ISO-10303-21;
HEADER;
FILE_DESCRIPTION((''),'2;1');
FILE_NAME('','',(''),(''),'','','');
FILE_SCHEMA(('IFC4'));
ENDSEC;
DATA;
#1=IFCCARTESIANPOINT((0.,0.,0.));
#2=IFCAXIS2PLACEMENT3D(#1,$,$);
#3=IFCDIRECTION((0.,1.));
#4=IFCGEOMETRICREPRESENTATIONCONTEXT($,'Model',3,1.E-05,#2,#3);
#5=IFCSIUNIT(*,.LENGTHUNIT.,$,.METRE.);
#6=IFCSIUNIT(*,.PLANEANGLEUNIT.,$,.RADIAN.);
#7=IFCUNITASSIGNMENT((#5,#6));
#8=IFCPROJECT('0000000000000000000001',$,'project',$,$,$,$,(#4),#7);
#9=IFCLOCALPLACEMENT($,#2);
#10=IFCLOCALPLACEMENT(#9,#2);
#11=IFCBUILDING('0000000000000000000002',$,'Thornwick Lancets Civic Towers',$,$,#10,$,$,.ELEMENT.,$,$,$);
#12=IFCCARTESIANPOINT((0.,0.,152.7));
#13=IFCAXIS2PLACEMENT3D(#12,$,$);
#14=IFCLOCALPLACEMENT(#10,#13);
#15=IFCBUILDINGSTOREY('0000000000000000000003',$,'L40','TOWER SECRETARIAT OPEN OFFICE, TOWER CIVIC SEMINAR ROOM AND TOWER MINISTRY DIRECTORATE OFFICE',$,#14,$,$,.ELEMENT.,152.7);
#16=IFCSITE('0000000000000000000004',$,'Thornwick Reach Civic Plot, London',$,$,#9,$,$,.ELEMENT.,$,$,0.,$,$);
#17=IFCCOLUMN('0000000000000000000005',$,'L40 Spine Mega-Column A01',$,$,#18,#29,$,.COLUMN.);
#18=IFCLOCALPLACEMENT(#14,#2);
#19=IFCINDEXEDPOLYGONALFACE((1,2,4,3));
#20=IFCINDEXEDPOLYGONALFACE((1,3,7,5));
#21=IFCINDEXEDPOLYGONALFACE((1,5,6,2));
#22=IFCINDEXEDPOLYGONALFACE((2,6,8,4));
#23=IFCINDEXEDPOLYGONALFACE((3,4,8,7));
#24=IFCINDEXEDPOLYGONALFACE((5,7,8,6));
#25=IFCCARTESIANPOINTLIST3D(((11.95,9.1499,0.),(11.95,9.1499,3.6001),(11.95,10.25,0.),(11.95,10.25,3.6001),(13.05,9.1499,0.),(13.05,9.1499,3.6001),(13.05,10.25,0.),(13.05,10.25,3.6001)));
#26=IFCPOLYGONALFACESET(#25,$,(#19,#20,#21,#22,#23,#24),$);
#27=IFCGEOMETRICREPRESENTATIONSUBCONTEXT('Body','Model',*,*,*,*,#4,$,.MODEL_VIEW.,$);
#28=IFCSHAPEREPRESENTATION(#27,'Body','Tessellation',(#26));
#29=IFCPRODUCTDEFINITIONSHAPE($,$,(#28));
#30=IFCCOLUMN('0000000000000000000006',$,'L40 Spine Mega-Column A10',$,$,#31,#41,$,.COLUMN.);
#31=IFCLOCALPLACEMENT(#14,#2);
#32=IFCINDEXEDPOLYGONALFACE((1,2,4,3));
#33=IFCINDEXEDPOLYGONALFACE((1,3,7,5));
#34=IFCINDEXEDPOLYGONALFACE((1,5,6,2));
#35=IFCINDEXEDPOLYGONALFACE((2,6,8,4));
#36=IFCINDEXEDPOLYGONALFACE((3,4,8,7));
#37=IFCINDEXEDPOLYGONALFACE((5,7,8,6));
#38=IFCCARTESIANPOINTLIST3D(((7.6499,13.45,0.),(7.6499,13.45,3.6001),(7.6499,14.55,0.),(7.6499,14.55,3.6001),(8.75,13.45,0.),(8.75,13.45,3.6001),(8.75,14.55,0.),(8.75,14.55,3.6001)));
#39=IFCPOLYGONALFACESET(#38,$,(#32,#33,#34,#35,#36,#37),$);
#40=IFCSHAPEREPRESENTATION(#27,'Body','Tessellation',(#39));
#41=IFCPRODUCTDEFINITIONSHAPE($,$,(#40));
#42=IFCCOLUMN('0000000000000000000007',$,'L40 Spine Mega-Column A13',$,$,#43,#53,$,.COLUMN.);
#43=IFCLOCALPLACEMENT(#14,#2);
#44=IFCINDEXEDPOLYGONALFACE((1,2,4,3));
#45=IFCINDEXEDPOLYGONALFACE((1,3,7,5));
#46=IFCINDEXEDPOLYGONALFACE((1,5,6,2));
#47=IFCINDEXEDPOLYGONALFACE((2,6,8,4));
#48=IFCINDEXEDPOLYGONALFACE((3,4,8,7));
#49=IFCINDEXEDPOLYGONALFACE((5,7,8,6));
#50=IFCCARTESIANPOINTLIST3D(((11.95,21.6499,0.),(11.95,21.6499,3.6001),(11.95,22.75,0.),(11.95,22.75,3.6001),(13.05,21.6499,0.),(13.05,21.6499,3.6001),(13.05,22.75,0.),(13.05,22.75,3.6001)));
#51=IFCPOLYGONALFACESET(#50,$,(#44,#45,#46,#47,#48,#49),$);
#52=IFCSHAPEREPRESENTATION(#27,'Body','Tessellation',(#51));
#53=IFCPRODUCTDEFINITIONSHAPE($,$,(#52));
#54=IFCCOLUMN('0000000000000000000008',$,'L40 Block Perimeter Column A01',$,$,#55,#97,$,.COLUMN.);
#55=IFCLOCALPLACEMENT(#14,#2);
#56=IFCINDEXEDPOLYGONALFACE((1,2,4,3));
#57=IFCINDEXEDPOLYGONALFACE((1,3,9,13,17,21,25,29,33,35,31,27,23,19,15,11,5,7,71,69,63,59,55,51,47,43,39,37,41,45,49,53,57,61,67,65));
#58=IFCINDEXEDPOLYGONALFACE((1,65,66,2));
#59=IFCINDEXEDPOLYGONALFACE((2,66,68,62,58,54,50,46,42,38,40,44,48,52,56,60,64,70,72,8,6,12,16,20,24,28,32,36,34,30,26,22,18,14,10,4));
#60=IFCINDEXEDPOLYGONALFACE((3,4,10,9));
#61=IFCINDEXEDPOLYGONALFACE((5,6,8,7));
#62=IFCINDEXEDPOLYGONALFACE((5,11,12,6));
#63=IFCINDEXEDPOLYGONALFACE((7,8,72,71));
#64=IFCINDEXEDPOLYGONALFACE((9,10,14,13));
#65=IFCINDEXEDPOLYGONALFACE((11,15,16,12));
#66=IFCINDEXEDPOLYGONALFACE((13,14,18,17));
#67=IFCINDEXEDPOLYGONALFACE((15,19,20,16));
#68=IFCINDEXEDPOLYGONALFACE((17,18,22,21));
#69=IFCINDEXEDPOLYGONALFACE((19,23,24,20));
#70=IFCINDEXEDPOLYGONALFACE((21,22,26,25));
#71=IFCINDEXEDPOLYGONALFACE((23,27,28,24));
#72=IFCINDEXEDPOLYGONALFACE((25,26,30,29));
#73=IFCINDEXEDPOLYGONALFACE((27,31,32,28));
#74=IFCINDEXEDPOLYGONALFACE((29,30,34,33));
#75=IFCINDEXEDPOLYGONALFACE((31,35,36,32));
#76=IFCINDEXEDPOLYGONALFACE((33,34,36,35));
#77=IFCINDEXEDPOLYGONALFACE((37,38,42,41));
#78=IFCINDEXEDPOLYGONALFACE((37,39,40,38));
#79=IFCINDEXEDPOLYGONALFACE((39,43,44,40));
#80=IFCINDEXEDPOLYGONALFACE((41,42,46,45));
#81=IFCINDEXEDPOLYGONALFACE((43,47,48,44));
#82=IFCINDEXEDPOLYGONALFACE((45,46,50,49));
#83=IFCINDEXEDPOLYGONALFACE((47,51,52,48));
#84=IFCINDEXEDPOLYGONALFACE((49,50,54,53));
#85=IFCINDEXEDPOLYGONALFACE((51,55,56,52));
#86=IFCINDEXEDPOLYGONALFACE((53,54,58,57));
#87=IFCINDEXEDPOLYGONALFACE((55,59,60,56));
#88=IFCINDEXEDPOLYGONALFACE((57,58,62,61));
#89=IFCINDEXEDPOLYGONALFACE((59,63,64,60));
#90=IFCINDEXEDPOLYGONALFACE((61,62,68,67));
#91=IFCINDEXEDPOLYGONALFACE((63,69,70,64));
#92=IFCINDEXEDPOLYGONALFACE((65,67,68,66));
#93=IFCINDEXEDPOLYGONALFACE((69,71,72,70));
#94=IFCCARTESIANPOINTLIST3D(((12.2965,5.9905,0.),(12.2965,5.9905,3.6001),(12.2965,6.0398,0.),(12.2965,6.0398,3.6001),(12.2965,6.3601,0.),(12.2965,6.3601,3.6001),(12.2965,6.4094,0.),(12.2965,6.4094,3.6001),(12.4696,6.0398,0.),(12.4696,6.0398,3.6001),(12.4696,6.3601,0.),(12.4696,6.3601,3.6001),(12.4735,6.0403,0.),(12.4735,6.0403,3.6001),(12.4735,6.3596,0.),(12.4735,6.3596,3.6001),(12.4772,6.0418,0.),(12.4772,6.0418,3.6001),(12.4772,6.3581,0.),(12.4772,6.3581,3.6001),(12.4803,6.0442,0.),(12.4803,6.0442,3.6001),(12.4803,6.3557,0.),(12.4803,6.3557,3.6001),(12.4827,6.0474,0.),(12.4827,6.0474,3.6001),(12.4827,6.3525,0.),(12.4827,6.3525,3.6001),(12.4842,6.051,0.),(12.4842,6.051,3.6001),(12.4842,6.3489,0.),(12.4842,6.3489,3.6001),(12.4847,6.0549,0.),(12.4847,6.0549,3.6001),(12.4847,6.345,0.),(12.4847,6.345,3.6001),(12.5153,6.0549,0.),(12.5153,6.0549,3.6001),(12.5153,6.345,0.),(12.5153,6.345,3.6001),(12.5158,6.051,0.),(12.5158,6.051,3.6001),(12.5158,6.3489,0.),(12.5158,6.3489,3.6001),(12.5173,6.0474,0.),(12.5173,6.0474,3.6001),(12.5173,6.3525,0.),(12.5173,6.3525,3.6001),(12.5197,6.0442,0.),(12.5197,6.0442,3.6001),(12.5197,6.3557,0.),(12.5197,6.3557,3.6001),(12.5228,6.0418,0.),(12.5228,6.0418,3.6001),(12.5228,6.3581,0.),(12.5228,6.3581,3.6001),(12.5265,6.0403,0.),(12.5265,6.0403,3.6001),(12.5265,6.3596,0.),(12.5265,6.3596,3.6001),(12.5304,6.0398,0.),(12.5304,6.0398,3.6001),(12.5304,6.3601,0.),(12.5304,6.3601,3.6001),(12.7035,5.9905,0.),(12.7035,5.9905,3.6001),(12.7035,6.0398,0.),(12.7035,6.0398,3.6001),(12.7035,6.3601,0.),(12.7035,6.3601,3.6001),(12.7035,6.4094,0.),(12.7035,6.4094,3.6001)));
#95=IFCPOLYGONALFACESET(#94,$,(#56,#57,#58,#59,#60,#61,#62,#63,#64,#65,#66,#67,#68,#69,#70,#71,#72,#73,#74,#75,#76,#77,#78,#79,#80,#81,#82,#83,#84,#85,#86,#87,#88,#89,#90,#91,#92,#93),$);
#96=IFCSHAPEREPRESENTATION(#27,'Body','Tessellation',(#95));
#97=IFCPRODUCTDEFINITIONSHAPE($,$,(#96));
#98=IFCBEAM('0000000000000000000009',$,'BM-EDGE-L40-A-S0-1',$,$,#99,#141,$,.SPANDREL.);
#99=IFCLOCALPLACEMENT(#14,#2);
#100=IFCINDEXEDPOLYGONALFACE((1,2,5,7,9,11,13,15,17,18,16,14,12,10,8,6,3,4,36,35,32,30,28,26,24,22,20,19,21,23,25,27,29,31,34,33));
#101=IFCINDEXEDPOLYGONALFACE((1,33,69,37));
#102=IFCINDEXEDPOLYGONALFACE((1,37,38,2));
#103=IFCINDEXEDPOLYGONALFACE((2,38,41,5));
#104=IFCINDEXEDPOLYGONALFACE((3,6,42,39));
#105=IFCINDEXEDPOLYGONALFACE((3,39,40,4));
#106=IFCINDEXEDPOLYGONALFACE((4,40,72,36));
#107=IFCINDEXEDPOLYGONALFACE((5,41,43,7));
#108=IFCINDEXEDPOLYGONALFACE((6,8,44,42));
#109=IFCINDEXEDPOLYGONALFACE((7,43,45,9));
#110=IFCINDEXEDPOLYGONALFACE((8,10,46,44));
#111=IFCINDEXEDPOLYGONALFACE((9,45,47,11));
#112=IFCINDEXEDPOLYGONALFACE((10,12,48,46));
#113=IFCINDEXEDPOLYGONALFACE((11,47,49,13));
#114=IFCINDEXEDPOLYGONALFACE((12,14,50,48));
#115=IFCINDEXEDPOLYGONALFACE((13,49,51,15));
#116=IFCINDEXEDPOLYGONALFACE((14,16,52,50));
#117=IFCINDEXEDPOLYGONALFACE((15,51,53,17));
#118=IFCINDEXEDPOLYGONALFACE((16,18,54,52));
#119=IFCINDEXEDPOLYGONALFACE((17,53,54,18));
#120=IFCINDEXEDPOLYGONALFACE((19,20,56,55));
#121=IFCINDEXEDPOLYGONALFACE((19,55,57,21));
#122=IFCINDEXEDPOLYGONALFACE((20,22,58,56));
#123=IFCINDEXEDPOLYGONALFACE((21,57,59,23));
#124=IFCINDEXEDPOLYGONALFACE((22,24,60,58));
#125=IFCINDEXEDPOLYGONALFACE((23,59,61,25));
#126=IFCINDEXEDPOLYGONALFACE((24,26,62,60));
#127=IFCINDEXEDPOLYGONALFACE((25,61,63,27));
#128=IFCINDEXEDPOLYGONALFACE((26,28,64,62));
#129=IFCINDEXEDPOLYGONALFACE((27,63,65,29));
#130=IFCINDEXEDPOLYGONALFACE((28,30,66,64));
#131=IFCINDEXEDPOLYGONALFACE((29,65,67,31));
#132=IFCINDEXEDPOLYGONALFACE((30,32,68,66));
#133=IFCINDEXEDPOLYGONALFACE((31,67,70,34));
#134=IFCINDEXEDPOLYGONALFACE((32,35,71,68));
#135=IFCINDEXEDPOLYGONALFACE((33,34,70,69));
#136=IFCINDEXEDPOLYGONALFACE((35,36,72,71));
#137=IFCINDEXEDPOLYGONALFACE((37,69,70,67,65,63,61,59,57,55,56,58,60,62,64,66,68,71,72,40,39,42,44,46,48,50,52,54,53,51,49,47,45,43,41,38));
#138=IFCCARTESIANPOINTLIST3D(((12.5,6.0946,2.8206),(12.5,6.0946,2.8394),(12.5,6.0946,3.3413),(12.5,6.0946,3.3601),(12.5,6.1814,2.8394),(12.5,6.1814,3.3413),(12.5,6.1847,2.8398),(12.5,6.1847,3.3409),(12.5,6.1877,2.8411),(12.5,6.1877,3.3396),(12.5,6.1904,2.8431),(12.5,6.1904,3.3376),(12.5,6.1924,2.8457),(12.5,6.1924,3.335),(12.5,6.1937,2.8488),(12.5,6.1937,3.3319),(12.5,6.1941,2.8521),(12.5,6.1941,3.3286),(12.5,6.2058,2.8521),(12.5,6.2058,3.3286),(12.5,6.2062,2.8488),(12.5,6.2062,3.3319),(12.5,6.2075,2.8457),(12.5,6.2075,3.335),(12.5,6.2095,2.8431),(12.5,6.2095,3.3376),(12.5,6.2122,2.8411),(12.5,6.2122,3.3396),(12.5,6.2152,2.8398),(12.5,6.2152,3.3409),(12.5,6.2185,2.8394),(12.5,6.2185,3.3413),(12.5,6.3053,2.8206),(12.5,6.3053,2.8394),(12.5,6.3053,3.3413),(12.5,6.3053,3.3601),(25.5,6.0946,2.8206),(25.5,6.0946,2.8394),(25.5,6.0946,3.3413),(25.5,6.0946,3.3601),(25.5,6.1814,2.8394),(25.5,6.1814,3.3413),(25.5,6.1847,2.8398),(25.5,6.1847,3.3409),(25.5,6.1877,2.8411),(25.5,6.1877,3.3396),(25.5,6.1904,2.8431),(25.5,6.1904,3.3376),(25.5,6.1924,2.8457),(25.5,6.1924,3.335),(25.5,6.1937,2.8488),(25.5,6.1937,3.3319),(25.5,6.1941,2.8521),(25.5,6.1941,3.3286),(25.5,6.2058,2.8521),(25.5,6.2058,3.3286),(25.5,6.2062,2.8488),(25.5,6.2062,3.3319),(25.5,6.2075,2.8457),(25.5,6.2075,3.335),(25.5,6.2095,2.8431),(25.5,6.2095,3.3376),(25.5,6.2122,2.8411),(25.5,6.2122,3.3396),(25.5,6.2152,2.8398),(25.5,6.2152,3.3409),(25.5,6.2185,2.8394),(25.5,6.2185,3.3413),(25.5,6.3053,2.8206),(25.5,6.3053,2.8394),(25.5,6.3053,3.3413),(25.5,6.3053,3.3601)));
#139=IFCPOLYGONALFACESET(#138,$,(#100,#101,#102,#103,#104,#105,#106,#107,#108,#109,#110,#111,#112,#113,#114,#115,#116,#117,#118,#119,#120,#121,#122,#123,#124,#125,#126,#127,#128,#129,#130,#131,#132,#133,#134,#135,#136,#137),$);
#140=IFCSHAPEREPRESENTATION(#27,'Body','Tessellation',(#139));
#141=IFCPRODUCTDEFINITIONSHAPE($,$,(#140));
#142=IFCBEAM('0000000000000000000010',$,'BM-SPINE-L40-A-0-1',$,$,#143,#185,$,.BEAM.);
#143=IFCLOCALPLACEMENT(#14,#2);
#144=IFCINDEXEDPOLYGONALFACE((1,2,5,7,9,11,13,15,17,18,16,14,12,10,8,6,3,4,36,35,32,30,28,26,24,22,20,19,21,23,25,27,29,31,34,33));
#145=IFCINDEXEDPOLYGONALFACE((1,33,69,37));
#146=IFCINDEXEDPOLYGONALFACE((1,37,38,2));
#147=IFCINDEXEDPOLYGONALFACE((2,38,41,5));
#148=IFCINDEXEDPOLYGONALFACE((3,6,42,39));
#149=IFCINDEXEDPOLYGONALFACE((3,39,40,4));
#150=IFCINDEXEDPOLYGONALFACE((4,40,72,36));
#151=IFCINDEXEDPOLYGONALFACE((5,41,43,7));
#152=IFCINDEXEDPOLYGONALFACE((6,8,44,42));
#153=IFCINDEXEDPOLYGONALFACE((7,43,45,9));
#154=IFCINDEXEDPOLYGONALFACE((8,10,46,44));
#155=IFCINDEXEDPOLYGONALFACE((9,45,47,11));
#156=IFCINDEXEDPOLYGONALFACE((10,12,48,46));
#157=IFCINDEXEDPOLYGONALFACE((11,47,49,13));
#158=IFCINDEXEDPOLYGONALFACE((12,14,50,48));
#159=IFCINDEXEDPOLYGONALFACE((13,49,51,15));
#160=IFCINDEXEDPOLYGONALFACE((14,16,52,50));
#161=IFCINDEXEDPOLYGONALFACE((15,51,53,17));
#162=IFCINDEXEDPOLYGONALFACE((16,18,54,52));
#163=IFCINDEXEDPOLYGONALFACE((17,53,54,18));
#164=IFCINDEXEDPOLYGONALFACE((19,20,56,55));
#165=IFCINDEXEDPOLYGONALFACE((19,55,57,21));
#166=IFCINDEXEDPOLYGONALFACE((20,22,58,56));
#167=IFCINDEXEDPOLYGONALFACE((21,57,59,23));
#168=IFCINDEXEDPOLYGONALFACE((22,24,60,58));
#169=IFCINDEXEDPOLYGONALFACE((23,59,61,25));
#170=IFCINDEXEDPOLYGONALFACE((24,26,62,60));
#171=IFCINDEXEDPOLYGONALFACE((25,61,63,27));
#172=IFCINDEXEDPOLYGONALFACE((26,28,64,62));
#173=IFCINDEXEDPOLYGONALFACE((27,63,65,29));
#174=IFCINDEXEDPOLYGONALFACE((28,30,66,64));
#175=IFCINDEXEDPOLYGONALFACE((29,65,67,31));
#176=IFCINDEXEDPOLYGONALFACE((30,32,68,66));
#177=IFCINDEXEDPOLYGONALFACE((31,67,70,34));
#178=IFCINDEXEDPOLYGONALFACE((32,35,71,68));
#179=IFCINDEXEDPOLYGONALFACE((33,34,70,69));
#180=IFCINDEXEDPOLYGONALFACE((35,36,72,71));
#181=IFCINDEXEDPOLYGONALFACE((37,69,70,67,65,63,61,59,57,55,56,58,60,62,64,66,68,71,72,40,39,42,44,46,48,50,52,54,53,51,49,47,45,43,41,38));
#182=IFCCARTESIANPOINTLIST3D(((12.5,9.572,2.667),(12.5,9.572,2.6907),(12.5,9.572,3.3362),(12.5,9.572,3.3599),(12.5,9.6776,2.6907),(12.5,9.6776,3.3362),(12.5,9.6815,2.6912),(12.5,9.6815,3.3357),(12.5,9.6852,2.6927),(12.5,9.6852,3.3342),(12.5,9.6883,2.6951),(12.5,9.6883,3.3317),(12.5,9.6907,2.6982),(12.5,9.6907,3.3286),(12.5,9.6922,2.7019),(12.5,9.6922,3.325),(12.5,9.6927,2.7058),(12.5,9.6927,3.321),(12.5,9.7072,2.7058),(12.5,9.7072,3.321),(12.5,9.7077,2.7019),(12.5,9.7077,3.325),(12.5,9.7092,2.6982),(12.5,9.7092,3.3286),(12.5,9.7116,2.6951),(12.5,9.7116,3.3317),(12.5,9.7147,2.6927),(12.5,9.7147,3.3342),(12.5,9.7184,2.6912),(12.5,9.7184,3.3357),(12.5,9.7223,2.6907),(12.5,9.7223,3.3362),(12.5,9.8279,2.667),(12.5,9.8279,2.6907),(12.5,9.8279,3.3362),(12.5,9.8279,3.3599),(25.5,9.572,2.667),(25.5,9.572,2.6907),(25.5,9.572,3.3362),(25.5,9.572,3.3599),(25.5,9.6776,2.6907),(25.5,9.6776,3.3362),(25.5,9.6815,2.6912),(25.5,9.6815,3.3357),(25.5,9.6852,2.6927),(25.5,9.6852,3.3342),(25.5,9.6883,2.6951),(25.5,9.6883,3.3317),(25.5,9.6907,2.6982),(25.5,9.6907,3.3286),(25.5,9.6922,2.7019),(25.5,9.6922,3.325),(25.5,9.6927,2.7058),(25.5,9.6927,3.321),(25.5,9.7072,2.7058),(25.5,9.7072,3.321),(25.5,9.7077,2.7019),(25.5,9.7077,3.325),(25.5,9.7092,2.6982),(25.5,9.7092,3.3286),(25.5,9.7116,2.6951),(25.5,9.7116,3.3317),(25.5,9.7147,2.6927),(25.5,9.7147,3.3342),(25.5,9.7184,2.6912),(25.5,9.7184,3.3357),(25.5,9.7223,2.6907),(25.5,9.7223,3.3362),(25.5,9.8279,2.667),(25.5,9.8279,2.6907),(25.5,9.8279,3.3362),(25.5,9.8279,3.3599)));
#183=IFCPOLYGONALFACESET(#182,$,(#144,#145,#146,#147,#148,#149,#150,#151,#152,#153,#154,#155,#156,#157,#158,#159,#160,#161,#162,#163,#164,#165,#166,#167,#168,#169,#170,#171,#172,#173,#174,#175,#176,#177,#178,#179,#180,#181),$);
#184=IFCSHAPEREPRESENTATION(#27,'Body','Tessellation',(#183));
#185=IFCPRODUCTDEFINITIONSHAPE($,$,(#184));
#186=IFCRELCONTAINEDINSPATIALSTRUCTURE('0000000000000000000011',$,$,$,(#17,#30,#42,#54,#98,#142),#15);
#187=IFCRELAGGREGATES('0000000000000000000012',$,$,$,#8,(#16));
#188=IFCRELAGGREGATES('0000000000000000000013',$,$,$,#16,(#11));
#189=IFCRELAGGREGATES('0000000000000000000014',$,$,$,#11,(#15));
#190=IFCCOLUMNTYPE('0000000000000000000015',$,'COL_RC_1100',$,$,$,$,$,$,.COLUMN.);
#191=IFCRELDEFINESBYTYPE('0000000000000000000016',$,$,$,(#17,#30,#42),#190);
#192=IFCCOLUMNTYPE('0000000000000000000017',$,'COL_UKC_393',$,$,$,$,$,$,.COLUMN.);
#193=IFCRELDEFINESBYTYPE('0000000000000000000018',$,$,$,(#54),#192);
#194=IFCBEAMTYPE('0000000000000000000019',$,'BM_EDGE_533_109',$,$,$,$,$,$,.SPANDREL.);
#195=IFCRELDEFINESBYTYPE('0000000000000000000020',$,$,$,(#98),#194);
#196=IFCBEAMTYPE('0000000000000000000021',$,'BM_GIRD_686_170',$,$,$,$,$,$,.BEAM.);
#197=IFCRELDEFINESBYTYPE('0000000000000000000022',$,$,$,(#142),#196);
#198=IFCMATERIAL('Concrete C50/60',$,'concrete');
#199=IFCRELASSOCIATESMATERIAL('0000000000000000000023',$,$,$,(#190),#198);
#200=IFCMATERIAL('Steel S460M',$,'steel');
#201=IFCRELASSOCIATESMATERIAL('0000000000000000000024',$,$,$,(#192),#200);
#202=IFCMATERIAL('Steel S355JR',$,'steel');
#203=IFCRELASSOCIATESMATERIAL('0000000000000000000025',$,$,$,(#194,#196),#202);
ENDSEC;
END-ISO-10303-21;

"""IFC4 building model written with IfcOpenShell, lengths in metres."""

from ifc_helpers import new_model, si_unit, direction, frame, origin, origin_2d, place, context, subcontext, project, spatial, rectangle, i_section, extrude, material, material_profile, profile_set, type_object, element, save


model = new_model("IFC4")

# Units and contexts
model_context = context("Model", 3, precision=1e-05, world=origin(), true_north=direction((0.0, 1.0)))
body_context = subcontext(model_context, "Body", "Model", "MODEL_VIEW")
ifc_project = project(units=[si_unit("LENGTHUNIT", "METRE"), si_unit("PLANEANGLEUNIT", "RADIAN")], contexts=[model_context])

# Site, building, storey
site_placement = place(None, origin())
site = spatial("IfcSite", under=ifc_project, at=site_placement, Name="Thornwick Reach Civic Plot, London", CompositionType="ELEMENT", RefElevation=0.0)
building_placement = place(site_placement, origin())
building = spatial("IfcBuilding", under=site, at=building_placement, Name="Thornwick Lancets Civic Towers", CompositionType="ELEMENT")
storey_placement = place(building_placement, frame((0.0, 0.0, 152.7)))
storey = spatial("IfcBuildingStorey", under=building, at=storey_placement, Name="L40", Description="TOWER SECRETARIAT OPEN OFFICE, TOWER CIVIC SEMINAR ROOM AND TOWER MINISTRY DIRECTORATE OFFICE", CompositionType="ELEMENT", Elevation=152.7)

# Columns
ifc_material_1 = material(Name="Concrete C50/60", Category="concrete")
ifc_material_profile_1 = material_profile(ifc_material_1, rectangle(XDim=1.1001, YDim=1.1001, at=origin_2d()), Name="RC 1100x1100")
ifc_profile_set_1 = profile_set([ifc_material_profile_1], Name="Concrete C50/60")
column_type_1 = type_object("IfcColumnType", Name="COL_RC_1100", PredefinedType="COLUMN", material=ifc_profile_set_1)
for number, where, z_axis, x_axis, name in (
    (1, (12.5, 9.7, 0.0), (0.0, 0.0, 1.0), (1.0, 0.0, 0.0), "L40 Spine Mega-Column A01"),
    (2, (8.2, 14.0, 0.0), (0.0, 0.0, 1.0), (1.0, 0.0, 0.0), "L40 Spine Mega-Column A10"),
    (3, (12.5, 22.2, 0.0), (0.0, 0.0, 1.0), (1.0, 0.0, 0.0), "L40 Spine Mega-Column A13"),
):
    element("IfcColumn", number, at=place(storey_placement, frame(where, z_axis=z_axis, x_axis=x_axis)), inside=storey, type_object=column_type_1, Name=name, PredefinedType="COLUMN", context=body_context, shape_type="SweptSolid", body=[
        extrude(rectangle(XDim=1.1001, YDim=1.1001, at=origin_2d()), origin(), (0.0, 0.0, 1.0), 3.6001),
    ])
ifc_material_2 = material(Name="Steel S460M", Category="steel")
ifc_material_profile_2 = material_profile(ifc_material_2, i_section(OverallWidth=0.407, OverallDepth=0.4189, WebThickness=0.0305, FlangeThickness=0.0493, FilletRadius=0.0151, at=origin_2d()), Name="UKC 356x406x393")
ifc_profile_set_2 = profile_set([ifc_material_profile_2], Name="Steel S460M")
column_type_2 = type_object("IfcColumnType", Name="COL_UKC_393", PredefinedType="COLUMN", material=ifc_profile_set_2)
column_placement = place(storey_placement, frame((12.5, 6.2, 0.0), z_axis=(0.0, 0.0, 1.0), x_axis=(1.0, 0.0, 0.0)))
element("IfcColumn", 4, at=column_placement, inside=storey, type_object=column_type_2, Name="L40 Block Perimeter Column A01", PredefinedType="COLUMN", context=body_context, shape_type="SweptSolid", body=[
    extrude(i_section(OverallWidth=0.407, OverallDepth=0.4189, WebThickness=0.0305, FlangeThickness=0.0493, FilletRadius=0.0151, at=origin_2d()), origin(), (0.0, 0.0, 1.0), 3.6001),
])

# Beams
ifc_material_3 = material(Name="Steel S355JR", Category="steel")
ifc_material_profile_3 = material_profile(ifc_material_3, i_section(OverallWidth=0.2107, OverallDepth=0.5396, WebThickness=0.0117, FlangeThickness=0.0188, FilletRadius=0.0127, at=origin_2d()), Name="UKB 533x210x109")
ifc_profile_set_3 = profile_set([ifc_material_profile_3], Name="Steel S355JR")
beam_type_1 = type_object("IfcBeamType", Name="BM_EDGE_533_109", PredefinedType="SPANDREL", material=ifc_profile_set_3)
beam_1_placement = place(storey_placement, frame((12.5, 6.2, 3.0903), z_axis=(1.0, 0.0, 0.0), x_axis=(0.0, 1.0, 0.0)))
element("IfcBeam", 5, at=beam_1_placement, inside=storey, type_object=beam_type_1, Name="BM-EDGE-L40-A-S0-1", PredefinedType="SPANDREL", context=body_context, shape_type="SweptSolid", body=[
    extrude(i_section(OverallWidth=0.2107, OverallDepth=0.5396, WebThickness=0.0117, FlangeThickness=0.0188, FilletRadius=0.0127, at=origin_2d()), origin(), (0.0, 0.0, 1.0), 13.0),
])
ifc_material_profile_4 = material_profile(ifc_material_3, i_section(OverallWidth=0.2559, OverallDepth=0.6929, WebThickness=0.0144, FlangeThickness=0.0237, FilletRadius=0.0151, at=origin_2d()), Name="UKB 686x254x170")
ifc_profile_set_4 = profile_set([ifc_material_profile_4], Name="Steel S355JR")
beam_type_2 = type_object("IfcBeamType", Name="BM_GIRD_686_170", PredefinedType="BEAM", material=ifc_profile_set_4)
for number, where, z_axis, x_axis, name in (
    (6, (12.5, 9.7, 3.0134), (1.0, 0.0, 0.0), (0.0, 1.0, 0.0), "BM-SPINE-L40-A-0-1"),
):
    element("IfcBeam", number, at=place(storey_placement, frame(where, z_axis=z_axis, x_axis=x_axis)), inside=storey, type_object=beam_type_2, Name=name, PredefinedType="BEAM", context=body_context, shape_type="SweptSolid", body=[
        extrude(i_section(OverallWidth=0.2559, OverallDepth=0.6929, WebThickness=0.0144, FlangeThickness=0.0237, FilletRadius=0.0151, at=origin_2d()), origin(), (0.0, 0.0, 1.0), 13.0),
    ])

save(model, "model.ifc")
